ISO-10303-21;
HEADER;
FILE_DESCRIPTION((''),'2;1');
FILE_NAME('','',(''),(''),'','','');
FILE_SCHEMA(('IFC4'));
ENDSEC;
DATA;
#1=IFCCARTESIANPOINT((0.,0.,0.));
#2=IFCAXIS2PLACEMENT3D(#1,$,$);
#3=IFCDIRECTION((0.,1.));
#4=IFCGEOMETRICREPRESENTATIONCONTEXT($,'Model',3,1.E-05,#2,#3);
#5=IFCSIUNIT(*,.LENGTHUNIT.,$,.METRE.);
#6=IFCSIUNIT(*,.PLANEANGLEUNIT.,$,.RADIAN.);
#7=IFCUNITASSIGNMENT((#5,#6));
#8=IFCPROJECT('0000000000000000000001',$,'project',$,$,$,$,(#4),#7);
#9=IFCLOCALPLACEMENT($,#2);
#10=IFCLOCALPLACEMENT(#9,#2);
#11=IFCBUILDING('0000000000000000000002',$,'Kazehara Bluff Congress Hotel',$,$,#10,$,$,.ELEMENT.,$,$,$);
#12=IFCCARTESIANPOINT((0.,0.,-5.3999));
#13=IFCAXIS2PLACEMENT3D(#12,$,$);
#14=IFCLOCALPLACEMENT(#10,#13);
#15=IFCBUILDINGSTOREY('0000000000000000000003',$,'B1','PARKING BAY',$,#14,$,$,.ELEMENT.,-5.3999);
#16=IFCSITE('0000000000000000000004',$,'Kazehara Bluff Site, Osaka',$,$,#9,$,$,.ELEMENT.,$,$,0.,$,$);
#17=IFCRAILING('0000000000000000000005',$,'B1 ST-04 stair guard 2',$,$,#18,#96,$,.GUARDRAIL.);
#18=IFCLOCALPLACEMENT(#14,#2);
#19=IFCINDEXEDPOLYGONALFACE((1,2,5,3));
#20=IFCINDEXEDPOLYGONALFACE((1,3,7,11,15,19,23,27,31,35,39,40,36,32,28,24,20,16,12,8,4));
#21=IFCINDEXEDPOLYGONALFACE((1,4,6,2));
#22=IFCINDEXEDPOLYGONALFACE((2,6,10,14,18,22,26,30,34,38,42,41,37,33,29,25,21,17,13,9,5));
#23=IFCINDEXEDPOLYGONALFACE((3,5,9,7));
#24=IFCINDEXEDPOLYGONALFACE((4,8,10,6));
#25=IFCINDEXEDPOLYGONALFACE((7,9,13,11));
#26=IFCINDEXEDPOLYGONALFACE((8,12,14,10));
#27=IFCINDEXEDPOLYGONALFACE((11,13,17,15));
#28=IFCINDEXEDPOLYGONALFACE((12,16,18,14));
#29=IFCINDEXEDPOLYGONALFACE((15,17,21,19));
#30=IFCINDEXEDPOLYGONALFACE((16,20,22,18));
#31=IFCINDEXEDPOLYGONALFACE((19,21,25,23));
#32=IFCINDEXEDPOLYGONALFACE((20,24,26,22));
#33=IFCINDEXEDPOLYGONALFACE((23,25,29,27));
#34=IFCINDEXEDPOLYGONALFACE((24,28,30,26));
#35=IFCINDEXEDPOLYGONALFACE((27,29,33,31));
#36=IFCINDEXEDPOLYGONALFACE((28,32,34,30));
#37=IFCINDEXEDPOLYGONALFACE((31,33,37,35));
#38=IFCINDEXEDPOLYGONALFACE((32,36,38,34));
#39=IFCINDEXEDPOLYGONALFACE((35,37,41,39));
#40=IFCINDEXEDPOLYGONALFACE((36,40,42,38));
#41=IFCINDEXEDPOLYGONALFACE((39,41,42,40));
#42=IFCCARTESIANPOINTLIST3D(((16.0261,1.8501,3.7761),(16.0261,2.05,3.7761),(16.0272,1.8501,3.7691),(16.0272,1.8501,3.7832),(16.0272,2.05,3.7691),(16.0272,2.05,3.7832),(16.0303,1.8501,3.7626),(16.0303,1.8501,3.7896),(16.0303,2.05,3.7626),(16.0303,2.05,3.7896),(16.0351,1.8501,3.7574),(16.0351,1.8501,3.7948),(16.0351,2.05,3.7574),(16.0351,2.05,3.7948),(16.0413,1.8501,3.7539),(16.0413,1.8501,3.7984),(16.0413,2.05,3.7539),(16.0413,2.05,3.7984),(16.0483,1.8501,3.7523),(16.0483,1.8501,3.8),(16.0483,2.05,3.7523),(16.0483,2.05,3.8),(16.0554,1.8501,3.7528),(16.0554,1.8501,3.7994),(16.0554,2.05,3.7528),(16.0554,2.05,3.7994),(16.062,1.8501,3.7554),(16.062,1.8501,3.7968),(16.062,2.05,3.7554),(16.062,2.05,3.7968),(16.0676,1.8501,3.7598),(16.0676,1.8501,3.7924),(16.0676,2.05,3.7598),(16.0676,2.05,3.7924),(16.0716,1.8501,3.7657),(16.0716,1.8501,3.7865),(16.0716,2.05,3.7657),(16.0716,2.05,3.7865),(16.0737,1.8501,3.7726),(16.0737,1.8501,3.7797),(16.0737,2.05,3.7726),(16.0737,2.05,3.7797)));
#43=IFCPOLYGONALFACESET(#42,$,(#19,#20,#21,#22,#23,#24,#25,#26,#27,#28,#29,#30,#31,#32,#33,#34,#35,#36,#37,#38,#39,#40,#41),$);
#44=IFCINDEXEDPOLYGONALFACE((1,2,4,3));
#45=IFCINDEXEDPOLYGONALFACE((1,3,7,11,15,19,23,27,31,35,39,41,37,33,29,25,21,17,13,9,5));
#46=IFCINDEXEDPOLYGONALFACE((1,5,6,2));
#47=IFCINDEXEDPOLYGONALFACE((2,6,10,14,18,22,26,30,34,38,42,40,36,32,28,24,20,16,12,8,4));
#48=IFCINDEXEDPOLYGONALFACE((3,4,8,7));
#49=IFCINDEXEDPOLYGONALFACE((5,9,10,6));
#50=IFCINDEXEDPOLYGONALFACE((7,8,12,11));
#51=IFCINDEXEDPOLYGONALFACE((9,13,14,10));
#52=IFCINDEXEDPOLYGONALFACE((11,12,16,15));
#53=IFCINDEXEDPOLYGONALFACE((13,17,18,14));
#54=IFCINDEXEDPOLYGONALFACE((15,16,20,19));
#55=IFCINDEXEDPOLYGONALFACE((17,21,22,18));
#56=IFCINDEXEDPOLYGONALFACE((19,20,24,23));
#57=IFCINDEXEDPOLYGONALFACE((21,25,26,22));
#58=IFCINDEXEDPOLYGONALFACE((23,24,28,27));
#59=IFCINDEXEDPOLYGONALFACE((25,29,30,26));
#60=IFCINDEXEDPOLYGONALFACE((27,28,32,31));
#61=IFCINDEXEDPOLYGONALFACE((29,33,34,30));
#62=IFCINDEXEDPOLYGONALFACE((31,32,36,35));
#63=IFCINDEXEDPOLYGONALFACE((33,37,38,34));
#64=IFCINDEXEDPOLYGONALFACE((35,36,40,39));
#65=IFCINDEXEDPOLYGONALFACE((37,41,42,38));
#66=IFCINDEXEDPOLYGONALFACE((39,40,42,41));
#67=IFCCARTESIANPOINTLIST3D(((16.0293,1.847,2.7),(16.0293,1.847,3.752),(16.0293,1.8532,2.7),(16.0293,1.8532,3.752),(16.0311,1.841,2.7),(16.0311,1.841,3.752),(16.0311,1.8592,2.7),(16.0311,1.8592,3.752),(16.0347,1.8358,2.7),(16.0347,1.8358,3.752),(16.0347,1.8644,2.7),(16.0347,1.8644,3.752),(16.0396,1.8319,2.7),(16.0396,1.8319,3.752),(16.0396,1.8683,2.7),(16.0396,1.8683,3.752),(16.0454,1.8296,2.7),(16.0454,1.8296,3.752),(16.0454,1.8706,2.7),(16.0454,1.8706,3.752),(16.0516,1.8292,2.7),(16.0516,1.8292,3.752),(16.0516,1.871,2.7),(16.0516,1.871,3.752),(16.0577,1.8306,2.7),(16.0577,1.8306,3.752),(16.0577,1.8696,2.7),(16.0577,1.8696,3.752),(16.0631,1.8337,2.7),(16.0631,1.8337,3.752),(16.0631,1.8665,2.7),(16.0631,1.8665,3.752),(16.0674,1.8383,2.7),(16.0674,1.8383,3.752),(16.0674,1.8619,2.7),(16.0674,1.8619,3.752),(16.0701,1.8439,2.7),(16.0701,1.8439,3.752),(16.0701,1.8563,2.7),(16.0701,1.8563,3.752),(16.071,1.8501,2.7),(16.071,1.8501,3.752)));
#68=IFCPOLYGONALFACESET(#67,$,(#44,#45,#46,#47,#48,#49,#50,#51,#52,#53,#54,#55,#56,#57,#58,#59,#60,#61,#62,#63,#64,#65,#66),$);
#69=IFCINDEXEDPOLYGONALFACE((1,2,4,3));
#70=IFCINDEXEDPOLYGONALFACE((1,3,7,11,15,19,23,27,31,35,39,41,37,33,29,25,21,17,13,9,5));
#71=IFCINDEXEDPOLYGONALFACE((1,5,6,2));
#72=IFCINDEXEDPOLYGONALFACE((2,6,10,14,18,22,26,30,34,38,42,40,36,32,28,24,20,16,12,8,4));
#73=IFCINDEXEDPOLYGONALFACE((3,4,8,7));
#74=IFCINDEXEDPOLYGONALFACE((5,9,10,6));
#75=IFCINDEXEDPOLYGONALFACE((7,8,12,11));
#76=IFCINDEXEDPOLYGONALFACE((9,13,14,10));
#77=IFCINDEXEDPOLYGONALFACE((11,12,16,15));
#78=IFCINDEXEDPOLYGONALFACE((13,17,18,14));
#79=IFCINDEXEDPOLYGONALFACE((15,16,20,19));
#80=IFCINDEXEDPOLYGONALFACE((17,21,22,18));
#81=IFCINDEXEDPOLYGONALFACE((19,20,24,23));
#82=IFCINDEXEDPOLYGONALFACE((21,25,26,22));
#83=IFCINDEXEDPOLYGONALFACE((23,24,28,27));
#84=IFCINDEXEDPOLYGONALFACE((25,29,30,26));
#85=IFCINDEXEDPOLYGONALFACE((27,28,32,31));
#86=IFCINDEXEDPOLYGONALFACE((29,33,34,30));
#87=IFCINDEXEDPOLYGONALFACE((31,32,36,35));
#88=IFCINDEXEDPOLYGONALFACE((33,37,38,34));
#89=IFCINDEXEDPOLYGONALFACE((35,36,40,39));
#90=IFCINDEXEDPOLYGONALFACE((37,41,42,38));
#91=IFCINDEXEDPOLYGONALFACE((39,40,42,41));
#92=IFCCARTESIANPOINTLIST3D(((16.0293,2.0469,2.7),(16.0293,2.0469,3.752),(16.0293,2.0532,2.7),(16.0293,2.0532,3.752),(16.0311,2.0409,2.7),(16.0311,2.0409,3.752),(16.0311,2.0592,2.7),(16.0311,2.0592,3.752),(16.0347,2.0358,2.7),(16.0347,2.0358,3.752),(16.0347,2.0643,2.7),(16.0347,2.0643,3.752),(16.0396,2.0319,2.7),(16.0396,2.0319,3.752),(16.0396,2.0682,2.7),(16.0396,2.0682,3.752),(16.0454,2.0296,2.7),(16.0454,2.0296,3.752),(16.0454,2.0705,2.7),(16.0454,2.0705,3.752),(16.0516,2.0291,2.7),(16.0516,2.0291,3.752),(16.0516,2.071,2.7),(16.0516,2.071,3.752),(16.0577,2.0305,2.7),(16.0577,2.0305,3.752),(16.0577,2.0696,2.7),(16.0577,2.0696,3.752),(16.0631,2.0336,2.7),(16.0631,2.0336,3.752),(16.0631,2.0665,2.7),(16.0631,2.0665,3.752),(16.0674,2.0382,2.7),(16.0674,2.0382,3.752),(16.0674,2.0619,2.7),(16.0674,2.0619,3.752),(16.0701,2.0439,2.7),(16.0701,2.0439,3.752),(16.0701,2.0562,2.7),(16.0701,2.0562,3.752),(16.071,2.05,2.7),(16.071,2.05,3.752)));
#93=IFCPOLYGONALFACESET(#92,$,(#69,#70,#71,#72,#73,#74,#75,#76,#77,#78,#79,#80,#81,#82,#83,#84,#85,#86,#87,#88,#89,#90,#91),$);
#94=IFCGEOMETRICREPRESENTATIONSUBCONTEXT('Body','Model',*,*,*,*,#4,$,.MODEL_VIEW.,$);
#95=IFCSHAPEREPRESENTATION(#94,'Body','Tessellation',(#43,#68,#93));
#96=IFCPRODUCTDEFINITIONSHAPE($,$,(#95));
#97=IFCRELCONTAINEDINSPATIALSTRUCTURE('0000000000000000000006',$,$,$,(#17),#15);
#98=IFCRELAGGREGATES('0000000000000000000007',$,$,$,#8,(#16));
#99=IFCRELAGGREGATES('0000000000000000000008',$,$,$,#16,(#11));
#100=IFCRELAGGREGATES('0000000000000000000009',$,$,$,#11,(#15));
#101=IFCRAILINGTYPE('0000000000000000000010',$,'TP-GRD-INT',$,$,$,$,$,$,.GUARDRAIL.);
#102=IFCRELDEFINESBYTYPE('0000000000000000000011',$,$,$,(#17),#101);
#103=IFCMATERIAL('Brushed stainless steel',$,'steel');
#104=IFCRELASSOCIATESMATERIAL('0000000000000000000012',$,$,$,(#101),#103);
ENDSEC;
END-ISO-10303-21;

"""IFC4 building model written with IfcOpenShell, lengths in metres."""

from ifc_helpers import new_model, si_unit, direction, frame, origin, origin_2d, place, context, subcontext, project, spatial, circle, extrude, material, type_object, element, save


model = new_model("IFC4")

# Units and contexts
model_context = context("Model", 3, precision=1e-05, world=origin(), true_north=direction((0.0, 1.0)))
body_context = subcontext(model_context, "Body", "Model", "MODEL_VIEW")
ifc_project = project(units=[si_unit("LENGTHUNIT", "METRE"), si_unit("PLANEANGLEUNIT", "RADIAN")], contexts=[model_context])

# Site, building, storey
site_placement = place(None, origin())
site = spatial("IfcSite", under=ifc_project, at=site_placement, Name="Kazehara Bluff Site, Osaka", CompositionType="ELEMENT", RefElevation=0.0)
building_placement = place(site_placement, origin())
building = spatial("IfcBuilding", under=site, at=building_placement, Name="Kazehara Bluff Congress Hotel", CompositionType="ELEMENT")
storey_placement = place(building_placement, frame((0.0, 0.0, -5.3999)))
storey = spatial("IfcBuildingStorey", under=building, at=storey_placement, Name="B1", Description="PARKING BAY", CompositionType="ELEMENT", Elevation=-5.3999)

# Railing
ifc_material_1 = material(Name="Brushed stainless steel", Category="steel")
railing_type_1 = type_object("IfcRailingType", Name="TP-GRD-INT", PredefinedType="GUARDRAIL", material=ifc_material_1)
railing_1_placement = place(storey_placement, frame((16.05, 1.8501, 2.7)))
element("IfcRailing", 1, at=railing_1_placement, inside=storey, type_object=railing_type_1, Name="B1 ST-04 stair guard 2", PredefinedType="GUARDRAIL", context=body_context, shape_type="SweptSolid", body=[
    extrude(circle(Radius=0.0239, at=origin_2d()), frame((0.0, 0.0, 1.0762), z_axis=(0.0, 1.0, 0.0), x_axis=(-1.0, 0.0, 0.0)), (0.0, 0.0, 1.0), 0.2),
    extrude(circle(Radius=0.021, at=origin_2d()), origin(), (0.0, 0.0, 1.0), 1.052),
    extrude(circle(Radius=0.021, at=origin_2d()), frame((0.0, 0.2, 0.0)), (0.0, 0.0, 1.0), 1.052),
])

save(model, "model.ifc")
